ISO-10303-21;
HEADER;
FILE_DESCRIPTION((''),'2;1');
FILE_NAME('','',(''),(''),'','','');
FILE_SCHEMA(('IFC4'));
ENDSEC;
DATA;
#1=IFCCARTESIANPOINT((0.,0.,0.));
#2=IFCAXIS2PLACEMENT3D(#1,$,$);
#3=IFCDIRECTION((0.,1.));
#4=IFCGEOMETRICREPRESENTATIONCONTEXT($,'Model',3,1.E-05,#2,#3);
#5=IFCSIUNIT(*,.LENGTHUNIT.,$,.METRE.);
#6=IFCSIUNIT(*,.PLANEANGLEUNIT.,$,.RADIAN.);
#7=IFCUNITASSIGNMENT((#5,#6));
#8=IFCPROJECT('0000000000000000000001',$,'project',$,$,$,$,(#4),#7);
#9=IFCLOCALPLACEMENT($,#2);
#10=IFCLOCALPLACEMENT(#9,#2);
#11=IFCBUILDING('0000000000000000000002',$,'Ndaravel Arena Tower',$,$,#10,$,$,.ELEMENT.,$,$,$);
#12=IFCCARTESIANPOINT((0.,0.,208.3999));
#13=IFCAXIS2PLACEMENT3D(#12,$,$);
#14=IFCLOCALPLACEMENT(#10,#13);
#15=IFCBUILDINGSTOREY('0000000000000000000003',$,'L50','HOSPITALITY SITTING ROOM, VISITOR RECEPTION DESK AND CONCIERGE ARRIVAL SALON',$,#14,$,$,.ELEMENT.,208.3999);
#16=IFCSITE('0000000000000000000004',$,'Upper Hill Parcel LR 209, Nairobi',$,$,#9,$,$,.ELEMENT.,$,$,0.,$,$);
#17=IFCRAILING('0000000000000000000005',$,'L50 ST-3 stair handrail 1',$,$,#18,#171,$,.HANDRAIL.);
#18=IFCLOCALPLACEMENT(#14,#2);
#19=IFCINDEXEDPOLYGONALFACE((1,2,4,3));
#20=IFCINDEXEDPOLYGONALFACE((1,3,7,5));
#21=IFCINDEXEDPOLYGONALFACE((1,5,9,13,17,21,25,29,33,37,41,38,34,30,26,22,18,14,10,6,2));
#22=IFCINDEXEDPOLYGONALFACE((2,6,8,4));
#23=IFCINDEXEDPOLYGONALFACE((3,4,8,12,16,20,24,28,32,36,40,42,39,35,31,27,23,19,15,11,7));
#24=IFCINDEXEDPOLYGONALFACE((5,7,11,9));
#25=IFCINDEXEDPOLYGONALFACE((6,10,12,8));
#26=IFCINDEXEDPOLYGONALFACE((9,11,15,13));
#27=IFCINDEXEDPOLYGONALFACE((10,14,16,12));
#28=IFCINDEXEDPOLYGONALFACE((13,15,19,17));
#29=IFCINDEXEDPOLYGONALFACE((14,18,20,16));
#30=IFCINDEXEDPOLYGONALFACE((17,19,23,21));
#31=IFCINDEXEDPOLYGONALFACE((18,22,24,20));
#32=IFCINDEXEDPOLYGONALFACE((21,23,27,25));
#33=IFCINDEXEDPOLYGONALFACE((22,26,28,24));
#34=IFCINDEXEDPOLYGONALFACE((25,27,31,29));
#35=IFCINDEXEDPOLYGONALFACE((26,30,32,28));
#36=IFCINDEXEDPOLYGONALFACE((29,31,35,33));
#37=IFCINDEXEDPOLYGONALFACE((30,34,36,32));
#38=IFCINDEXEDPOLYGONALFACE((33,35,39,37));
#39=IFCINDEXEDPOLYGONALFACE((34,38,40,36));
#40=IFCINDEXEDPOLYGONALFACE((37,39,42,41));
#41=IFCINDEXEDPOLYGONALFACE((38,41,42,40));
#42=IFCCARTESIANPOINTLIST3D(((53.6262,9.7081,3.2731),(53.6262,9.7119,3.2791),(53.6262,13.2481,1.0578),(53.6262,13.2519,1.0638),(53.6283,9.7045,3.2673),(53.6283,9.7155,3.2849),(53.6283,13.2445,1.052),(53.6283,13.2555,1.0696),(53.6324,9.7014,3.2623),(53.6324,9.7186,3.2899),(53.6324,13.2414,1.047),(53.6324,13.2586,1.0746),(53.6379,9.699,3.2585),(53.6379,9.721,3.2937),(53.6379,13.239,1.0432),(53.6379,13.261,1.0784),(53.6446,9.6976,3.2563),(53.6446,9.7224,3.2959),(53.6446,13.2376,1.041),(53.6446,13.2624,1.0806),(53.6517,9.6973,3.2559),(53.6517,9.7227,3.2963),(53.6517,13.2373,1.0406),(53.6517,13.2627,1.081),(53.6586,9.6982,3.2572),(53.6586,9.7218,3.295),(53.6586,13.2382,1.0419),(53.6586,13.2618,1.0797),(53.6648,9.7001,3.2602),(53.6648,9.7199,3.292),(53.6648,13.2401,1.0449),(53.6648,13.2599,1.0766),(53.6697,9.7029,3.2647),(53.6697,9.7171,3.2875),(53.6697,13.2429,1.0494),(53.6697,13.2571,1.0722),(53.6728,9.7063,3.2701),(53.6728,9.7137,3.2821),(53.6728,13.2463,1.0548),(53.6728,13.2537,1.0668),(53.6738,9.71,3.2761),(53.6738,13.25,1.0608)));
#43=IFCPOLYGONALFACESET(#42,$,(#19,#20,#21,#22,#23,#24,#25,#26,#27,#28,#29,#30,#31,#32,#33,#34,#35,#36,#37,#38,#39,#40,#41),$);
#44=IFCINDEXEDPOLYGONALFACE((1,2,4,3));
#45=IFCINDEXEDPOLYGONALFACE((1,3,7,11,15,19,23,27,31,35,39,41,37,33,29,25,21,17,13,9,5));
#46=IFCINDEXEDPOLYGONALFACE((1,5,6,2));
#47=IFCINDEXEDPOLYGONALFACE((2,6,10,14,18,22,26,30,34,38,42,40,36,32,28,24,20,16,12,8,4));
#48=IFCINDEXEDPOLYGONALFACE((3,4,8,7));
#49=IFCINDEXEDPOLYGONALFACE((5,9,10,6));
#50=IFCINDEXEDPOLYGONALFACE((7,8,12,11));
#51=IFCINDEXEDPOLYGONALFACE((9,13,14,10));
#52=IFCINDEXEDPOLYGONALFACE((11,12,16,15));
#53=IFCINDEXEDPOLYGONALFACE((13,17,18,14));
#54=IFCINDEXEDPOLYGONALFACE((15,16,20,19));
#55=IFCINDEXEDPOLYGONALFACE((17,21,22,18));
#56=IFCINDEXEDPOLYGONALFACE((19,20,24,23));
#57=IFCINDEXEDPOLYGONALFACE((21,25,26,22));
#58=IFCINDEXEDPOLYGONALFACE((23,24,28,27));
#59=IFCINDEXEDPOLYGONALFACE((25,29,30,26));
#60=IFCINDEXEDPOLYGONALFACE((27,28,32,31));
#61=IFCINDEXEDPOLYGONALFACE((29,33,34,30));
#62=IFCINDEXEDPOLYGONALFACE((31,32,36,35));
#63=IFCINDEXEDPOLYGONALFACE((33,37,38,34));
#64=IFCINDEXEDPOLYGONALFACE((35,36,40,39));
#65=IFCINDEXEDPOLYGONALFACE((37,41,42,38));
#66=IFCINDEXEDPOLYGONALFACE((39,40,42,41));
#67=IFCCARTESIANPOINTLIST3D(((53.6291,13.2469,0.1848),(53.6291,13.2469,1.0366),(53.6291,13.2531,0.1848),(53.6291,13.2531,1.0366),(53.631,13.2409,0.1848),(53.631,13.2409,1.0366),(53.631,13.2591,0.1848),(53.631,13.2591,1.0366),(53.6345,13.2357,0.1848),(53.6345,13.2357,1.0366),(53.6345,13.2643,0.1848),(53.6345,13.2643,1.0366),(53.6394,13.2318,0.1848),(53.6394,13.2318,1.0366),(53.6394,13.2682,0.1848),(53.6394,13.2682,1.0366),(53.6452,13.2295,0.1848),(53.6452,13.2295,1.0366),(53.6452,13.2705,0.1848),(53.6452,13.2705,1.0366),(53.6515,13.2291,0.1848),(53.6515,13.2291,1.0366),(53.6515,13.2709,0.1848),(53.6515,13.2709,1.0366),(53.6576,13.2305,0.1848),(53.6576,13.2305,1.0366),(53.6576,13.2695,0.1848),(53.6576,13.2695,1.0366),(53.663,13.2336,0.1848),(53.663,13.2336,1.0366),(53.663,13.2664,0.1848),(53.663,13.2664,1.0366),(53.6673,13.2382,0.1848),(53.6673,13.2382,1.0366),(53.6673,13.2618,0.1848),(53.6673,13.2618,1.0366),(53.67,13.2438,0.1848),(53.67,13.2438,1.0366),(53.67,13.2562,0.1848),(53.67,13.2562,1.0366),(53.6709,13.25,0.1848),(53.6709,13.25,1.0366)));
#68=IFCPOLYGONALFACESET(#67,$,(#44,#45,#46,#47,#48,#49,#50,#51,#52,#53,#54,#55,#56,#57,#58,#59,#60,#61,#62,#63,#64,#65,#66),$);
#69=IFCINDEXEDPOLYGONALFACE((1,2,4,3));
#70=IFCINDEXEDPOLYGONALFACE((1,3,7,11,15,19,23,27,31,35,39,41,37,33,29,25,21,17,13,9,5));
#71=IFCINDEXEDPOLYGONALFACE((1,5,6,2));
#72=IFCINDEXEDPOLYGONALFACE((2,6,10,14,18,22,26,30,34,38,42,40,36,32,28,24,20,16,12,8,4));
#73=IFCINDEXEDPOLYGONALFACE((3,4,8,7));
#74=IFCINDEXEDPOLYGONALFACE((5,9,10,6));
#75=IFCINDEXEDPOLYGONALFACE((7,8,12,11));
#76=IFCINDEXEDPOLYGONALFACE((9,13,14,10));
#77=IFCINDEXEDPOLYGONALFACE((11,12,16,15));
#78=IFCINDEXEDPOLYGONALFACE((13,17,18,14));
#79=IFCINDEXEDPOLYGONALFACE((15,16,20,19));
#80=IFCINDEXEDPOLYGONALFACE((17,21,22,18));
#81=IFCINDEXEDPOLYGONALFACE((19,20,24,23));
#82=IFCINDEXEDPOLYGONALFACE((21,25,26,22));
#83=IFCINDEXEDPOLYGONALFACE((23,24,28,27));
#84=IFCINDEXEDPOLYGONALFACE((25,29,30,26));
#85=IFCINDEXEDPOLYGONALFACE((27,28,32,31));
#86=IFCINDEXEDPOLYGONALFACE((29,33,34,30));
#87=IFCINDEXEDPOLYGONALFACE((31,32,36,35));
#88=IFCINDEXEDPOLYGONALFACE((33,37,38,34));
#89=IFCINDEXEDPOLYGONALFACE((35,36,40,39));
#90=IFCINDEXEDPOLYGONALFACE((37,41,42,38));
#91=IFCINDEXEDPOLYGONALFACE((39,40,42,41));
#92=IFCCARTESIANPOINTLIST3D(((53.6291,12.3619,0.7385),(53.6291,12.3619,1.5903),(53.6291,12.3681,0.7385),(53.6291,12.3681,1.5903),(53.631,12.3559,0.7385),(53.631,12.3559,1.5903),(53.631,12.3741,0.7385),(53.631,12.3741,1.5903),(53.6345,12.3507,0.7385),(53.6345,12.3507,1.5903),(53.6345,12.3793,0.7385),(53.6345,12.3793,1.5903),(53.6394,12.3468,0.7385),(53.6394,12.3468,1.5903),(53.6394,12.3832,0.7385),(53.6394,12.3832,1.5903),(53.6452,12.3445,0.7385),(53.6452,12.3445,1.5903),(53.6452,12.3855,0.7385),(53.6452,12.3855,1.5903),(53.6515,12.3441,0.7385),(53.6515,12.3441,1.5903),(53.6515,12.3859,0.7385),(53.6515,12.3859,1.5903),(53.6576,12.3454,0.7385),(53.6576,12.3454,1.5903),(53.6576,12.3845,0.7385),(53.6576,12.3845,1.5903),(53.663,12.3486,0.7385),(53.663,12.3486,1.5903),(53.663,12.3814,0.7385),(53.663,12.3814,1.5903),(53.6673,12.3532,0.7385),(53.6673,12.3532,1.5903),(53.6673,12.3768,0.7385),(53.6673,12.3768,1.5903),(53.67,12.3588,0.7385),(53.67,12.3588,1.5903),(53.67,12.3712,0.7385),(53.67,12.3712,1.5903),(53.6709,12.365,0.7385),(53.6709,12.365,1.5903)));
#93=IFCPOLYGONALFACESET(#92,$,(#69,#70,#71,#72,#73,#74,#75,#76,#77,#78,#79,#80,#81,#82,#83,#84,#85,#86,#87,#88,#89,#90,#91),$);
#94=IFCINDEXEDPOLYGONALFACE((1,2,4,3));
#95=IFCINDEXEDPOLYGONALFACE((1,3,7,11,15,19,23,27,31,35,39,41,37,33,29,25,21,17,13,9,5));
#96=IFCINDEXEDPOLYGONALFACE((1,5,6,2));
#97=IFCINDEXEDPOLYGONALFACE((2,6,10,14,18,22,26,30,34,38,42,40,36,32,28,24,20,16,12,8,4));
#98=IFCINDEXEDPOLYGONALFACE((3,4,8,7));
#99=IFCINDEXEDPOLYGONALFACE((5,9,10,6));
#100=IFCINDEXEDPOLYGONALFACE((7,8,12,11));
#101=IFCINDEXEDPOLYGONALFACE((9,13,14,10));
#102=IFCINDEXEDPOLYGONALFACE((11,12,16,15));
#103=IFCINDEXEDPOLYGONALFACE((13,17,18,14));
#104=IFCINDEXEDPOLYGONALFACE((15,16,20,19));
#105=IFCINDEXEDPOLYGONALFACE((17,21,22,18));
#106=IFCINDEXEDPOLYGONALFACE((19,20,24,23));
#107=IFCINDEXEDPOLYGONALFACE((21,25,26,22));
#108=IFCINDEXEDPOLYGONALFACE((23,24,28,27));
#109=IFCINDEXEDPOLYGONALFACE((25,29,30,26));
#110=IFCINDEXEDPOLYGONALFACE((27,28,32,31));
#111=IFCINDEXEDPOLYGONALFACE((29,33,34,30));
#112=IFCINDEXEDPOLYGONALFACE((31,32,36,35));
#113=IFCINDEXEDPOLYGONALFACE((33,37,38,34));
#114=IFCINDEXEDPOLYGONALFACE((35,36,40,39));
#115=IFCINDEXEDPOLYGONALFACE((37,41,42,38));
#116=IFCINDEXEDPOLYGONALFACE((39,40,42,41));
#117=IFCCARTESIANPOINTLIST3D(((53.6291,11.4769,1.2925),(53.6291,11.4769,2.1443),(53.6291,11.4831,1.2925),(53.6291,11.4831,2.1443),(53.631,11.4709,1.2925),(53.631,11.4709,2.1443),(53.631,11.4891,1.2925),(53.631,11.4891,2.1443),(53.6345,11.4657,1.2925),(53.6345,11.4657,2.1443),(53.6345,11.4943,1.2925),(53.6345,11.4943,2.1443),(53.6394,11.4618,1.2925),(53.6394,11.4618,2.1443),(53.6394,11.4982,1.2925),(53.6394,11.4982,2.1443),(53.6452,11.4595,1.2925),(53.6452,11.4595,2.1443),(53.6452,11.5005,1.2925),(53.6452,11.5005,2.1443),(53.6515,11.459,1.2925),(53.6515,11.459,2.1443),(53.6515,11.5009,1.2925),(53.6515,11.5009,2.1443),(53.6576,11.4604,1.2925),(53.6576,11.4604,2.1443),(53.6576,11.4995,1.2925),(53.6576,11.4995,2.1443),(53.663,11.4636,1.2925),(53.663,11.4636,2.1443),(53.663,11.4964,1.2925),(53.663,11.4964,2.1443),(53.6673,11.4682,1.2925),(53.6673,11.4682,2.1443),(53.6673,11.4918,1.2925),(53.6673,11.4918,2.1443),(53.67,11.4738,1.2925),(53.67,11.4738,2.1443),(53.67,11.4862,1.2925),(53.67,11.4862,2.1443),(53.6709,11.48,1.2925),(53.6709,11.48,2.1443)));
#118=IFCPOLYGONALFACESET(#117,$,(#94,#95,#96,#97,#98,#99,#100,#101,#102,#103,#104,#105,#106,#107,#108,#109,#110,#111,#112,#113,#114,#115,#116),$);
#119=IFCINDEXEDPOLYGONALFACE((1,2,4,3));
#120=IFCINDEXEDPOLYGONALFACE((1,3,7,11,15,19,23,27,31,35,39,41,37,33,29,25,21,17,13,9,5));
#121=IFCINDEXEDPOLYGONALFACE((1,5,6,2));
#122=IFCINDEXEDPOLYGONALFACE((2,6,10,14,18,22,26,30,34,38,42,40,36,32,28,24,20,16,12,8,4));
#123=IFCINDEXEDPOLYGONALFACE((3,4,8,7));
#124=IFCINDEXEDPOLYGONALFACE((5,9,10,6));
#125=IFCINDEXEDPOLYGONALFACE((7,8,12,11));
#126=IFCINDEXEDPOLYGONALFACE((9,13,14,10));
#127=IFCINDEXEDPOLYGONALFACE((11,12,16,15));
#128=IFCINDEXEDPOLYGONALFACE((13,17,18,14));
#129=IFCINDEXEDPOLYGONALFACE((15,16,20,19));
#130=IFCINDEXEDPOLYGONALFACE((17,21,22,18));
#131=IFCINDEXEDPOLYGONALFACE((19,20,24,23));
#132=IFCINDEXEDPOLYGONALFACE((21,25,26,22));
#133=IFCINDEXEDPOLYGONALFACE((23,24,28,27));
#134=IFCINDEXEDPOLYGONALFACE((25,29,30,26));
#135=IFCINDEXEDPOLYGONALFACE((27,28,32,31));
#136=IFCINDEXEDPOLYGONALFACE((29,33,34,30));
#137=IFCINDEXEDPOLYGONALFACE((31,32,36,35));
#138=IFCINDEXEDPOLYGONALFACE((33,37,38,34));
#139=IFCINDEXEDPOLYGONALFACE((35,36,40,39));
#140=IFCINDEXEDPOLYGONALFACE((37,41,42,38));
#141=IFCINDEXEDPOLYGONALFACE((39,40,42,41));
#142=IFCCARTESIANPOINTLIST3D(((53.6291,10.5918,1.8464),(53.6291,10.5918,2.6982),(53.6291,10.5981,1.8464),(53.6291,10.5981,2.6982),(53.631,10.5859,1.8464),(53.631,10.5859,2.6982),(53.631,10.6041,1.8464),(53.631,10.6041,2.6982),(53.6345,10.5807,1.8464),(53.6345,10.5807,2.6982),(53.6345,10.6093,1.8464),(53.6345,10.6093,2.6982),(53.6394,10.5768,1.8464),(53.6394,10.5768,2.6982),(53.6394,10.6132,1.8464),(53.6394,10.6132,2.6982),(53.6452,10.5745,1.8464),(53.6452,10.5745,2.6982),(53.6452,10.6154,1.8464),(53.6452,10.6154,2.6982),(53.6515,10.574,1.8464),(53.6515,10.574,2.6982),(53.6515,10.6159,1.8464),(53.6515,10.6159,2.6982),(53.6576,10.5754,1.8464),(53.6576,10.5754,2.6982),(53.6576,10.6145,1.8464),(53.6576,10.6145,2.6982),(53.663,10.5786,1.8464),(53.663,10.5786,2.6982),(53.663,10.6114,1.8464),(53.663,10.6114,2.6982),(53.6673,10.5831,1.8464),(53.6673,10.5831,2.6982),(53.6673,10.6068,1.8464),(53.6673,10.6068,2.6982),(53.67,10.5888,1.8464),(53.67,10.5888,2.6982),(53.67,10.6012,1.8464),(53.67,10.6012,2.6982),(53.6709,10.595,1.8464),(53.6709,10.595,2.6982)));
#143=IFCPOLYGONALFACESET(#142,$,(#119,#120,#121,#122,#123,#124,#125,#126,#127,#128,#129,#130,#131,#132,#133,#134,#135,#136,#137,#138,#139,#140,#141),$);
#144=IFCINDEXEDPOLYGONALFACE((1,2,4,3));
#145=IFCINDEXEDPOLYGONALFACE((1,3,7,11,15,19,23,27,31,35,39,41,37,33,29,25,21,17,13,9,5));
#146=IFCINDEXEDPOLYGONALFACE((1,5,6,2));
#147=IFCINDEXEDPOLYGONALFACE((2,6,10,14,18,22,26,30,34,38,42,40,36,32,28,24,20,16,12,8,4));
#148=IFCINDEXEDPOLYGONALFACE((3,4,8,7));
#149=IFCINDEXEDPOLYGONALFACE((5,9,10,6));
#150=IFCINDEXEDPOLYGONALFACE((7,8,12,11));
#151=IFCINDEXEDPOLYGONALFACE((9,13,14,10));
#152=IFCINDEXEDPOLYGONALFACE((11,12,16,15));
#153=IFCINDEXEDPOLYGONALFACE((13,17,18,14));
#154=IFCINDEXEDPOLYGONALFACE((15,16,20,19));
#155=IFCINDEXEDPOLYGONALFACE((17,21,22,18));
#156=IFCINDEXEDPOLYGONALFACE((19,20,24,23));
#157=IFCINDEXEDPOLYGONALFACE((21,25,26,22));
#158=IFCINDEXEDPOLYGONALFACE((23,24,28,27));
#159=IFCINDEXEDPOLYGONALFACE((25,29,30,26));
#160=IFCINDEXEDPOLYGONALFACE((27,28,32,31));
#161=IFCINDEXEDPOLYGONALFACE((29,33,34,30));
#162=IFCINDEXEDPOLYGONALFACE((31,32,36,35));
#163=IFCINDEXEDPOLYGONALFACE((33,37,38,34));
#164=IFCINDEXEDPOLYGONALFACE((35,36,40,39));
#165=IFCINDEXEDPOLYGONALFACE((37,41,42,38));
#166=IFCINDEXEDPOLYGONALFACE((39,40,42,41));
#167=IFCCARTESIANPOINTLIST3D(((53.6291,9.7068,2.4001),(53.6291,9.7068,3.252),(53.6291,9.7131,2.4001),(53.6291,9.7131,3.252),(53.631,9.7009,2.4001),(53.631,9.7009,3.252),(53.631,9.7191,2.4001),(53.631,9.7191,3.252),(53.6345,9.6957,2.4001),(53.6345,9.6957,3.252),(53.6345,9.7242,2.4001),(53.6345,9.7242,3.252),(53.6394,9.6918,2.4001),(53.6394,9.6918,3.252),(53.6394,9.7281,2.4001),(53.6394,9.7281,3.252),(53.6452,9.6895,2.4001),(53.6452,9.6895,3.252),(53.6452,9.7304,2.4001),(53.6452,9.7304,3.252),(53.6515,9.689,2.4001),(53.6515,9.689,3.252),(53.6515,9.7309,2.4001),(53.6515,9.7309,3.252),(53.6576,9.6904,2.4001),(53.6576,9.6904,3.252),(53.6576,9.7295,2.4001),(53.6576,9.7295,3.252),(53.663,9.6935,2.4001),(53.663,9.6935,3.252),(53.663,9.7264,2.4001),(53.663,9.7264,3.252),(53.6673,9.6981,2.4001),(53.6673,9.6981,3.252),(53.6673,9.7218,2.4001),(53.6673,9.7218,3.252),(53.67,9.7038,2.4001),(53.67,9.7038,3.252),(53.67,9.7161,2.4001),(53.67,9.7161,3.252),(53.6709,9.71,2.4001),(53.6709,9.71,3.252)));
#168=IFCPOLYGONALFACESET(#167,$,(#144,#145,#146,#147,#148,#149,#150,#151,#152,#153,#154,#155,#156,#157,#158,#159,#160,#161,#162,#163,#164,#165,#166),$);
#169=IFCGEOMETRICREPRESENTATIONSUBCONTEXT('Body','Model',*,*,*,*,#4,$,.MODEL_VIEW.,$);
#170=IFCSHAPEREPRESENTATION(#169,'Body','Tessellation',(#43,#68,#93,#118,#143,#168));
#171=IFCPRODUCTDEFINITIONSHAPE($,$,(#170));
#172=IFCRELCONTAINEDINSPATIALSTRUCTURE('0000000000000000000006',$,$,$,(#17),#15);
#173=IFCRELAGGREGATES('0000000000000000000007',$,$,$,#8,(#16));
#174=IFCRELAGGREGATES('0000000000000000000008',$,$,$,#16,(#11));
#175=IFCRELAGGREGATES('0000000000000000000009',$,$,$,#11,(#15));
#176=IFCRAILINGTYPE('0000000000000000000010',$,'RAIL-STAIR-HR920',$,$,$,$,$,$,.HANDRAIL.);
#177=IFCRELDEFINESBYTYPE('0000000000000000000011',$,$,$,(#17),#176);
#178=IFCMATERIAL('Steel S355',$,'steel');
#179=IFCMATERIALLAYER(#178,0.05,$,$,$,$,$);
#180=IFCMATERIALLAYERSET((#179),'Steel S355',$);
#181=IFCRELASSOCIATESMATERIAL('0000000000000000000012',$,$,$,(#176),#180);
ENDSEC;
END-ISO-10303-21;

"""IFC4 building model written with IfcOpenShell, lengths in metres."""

from ifc_helpers import new_model, si_unit, direction, frame, origin, origin_2d, place, context, subcontext, project, spatial, circle, extrude, material, layer, layer_set, type_object, element, save


model = new_model("IFC4")

# Units and contexts
model_context = context("Model", 3, precision=1e-05, world=origin(), true_north=direction((0.0, 1.0)))
body_context = subcontext(model_context, "Body", "Model", "MODEL_VIEW")
ifc_project = project(units=[si_unit("LENGTHUNIT", "METRE"), si_unit("PLANEANGLEUNIT", "RADIAN")], contexts=[model_context])

# Site, building, storey
site_placement = place(None, origin())
site = spatial("IfcSite", under=ifc_project, at=site_placement, Name="Upper Hill Parcel LR 209, Nairobi", CompositionType="ELEMENT", RefElevation=0.0)
building_placement = place(site_placement, origin())
building = spatial("IfcBuilding", under=site, at=building_placement, Name="Ndaravel Arena Tower", CompositionType="ELEMENT")
storey_placement = place(building_placement, frame((0.0, 0.0, 208.3999)))
storey = spatial("IfcBuildingStorey", under=building, at=storey_placement, Name="L50", Description="HOSPITALITY SITTING ROOM, VISITOR RECEPTION DESK AND CONCIERGE ARRIVAL SALON", CompositionType="ELEMENT", Elevation=208.3999)

# Railing
ifc_material_1 = material(Name="Steel S355", Category="steel")
ifc_layer_1 = layer(ifc_material_1, 0.05)
ifc_layer_set_1 = layer_set([ifc_layer_1], Name="Steel S355")
railing_type_1 = type_object("IfcRailingType", Name="RAIL-STAIR-HR920", PredefinedType="HANDRAIL", material=ifc_layer_set_1)
railing_1_placement = place(storey_placement, frame((53.6499, 13.25, 0.1848)))
element("IfcRailing", 1, at=railing_1_placement, inside=storey, type_object=railing_type_1, Name="L50 ST-3 stair handrail 1", PredefinedType="HANDRAIL", context=body_context, shape_type="SweptSolid", body=[
    extrude(circle(Radius=0.0239, at=origin_2d()), frame((0.0, 0.0, 0.876), z_axis=(0.0, -0.847696, 0.530482), x_axis=(1.0, 0.0, 0.0)), (0.0, 0.0, 1.0), 4.176),
    extrude(circle(Radius=0.021, at=origin_2d()), origin(), (0.0, 0.0, 1.0), 0.8518),
    extrude(circle(Radius=0.021, at=origin_2d()), frame((0.0, -0.885, 0.5537)), (0.0, 0.0, 1.0), 0.8518),
    extrude(circle(Radius=0.021, at=origin_2d()), frame((0.0, -1.77, 1.1077)), (0.0, 0.0, 1.0), 0.8518),
    extrude(circle(Radius=0.021, at=origin_2d()), frame((0.0, -2.655, 1.6616)), (0.0, 0.0, 1.0), 0.8518),
    extrude(circle(Radius=0.021, at=origin_2d()), frame((0.0, -3.54, 2.2153)), (0.0, 0.0, 1.0), 0.8518),
])

save(model, "model.ifc")
